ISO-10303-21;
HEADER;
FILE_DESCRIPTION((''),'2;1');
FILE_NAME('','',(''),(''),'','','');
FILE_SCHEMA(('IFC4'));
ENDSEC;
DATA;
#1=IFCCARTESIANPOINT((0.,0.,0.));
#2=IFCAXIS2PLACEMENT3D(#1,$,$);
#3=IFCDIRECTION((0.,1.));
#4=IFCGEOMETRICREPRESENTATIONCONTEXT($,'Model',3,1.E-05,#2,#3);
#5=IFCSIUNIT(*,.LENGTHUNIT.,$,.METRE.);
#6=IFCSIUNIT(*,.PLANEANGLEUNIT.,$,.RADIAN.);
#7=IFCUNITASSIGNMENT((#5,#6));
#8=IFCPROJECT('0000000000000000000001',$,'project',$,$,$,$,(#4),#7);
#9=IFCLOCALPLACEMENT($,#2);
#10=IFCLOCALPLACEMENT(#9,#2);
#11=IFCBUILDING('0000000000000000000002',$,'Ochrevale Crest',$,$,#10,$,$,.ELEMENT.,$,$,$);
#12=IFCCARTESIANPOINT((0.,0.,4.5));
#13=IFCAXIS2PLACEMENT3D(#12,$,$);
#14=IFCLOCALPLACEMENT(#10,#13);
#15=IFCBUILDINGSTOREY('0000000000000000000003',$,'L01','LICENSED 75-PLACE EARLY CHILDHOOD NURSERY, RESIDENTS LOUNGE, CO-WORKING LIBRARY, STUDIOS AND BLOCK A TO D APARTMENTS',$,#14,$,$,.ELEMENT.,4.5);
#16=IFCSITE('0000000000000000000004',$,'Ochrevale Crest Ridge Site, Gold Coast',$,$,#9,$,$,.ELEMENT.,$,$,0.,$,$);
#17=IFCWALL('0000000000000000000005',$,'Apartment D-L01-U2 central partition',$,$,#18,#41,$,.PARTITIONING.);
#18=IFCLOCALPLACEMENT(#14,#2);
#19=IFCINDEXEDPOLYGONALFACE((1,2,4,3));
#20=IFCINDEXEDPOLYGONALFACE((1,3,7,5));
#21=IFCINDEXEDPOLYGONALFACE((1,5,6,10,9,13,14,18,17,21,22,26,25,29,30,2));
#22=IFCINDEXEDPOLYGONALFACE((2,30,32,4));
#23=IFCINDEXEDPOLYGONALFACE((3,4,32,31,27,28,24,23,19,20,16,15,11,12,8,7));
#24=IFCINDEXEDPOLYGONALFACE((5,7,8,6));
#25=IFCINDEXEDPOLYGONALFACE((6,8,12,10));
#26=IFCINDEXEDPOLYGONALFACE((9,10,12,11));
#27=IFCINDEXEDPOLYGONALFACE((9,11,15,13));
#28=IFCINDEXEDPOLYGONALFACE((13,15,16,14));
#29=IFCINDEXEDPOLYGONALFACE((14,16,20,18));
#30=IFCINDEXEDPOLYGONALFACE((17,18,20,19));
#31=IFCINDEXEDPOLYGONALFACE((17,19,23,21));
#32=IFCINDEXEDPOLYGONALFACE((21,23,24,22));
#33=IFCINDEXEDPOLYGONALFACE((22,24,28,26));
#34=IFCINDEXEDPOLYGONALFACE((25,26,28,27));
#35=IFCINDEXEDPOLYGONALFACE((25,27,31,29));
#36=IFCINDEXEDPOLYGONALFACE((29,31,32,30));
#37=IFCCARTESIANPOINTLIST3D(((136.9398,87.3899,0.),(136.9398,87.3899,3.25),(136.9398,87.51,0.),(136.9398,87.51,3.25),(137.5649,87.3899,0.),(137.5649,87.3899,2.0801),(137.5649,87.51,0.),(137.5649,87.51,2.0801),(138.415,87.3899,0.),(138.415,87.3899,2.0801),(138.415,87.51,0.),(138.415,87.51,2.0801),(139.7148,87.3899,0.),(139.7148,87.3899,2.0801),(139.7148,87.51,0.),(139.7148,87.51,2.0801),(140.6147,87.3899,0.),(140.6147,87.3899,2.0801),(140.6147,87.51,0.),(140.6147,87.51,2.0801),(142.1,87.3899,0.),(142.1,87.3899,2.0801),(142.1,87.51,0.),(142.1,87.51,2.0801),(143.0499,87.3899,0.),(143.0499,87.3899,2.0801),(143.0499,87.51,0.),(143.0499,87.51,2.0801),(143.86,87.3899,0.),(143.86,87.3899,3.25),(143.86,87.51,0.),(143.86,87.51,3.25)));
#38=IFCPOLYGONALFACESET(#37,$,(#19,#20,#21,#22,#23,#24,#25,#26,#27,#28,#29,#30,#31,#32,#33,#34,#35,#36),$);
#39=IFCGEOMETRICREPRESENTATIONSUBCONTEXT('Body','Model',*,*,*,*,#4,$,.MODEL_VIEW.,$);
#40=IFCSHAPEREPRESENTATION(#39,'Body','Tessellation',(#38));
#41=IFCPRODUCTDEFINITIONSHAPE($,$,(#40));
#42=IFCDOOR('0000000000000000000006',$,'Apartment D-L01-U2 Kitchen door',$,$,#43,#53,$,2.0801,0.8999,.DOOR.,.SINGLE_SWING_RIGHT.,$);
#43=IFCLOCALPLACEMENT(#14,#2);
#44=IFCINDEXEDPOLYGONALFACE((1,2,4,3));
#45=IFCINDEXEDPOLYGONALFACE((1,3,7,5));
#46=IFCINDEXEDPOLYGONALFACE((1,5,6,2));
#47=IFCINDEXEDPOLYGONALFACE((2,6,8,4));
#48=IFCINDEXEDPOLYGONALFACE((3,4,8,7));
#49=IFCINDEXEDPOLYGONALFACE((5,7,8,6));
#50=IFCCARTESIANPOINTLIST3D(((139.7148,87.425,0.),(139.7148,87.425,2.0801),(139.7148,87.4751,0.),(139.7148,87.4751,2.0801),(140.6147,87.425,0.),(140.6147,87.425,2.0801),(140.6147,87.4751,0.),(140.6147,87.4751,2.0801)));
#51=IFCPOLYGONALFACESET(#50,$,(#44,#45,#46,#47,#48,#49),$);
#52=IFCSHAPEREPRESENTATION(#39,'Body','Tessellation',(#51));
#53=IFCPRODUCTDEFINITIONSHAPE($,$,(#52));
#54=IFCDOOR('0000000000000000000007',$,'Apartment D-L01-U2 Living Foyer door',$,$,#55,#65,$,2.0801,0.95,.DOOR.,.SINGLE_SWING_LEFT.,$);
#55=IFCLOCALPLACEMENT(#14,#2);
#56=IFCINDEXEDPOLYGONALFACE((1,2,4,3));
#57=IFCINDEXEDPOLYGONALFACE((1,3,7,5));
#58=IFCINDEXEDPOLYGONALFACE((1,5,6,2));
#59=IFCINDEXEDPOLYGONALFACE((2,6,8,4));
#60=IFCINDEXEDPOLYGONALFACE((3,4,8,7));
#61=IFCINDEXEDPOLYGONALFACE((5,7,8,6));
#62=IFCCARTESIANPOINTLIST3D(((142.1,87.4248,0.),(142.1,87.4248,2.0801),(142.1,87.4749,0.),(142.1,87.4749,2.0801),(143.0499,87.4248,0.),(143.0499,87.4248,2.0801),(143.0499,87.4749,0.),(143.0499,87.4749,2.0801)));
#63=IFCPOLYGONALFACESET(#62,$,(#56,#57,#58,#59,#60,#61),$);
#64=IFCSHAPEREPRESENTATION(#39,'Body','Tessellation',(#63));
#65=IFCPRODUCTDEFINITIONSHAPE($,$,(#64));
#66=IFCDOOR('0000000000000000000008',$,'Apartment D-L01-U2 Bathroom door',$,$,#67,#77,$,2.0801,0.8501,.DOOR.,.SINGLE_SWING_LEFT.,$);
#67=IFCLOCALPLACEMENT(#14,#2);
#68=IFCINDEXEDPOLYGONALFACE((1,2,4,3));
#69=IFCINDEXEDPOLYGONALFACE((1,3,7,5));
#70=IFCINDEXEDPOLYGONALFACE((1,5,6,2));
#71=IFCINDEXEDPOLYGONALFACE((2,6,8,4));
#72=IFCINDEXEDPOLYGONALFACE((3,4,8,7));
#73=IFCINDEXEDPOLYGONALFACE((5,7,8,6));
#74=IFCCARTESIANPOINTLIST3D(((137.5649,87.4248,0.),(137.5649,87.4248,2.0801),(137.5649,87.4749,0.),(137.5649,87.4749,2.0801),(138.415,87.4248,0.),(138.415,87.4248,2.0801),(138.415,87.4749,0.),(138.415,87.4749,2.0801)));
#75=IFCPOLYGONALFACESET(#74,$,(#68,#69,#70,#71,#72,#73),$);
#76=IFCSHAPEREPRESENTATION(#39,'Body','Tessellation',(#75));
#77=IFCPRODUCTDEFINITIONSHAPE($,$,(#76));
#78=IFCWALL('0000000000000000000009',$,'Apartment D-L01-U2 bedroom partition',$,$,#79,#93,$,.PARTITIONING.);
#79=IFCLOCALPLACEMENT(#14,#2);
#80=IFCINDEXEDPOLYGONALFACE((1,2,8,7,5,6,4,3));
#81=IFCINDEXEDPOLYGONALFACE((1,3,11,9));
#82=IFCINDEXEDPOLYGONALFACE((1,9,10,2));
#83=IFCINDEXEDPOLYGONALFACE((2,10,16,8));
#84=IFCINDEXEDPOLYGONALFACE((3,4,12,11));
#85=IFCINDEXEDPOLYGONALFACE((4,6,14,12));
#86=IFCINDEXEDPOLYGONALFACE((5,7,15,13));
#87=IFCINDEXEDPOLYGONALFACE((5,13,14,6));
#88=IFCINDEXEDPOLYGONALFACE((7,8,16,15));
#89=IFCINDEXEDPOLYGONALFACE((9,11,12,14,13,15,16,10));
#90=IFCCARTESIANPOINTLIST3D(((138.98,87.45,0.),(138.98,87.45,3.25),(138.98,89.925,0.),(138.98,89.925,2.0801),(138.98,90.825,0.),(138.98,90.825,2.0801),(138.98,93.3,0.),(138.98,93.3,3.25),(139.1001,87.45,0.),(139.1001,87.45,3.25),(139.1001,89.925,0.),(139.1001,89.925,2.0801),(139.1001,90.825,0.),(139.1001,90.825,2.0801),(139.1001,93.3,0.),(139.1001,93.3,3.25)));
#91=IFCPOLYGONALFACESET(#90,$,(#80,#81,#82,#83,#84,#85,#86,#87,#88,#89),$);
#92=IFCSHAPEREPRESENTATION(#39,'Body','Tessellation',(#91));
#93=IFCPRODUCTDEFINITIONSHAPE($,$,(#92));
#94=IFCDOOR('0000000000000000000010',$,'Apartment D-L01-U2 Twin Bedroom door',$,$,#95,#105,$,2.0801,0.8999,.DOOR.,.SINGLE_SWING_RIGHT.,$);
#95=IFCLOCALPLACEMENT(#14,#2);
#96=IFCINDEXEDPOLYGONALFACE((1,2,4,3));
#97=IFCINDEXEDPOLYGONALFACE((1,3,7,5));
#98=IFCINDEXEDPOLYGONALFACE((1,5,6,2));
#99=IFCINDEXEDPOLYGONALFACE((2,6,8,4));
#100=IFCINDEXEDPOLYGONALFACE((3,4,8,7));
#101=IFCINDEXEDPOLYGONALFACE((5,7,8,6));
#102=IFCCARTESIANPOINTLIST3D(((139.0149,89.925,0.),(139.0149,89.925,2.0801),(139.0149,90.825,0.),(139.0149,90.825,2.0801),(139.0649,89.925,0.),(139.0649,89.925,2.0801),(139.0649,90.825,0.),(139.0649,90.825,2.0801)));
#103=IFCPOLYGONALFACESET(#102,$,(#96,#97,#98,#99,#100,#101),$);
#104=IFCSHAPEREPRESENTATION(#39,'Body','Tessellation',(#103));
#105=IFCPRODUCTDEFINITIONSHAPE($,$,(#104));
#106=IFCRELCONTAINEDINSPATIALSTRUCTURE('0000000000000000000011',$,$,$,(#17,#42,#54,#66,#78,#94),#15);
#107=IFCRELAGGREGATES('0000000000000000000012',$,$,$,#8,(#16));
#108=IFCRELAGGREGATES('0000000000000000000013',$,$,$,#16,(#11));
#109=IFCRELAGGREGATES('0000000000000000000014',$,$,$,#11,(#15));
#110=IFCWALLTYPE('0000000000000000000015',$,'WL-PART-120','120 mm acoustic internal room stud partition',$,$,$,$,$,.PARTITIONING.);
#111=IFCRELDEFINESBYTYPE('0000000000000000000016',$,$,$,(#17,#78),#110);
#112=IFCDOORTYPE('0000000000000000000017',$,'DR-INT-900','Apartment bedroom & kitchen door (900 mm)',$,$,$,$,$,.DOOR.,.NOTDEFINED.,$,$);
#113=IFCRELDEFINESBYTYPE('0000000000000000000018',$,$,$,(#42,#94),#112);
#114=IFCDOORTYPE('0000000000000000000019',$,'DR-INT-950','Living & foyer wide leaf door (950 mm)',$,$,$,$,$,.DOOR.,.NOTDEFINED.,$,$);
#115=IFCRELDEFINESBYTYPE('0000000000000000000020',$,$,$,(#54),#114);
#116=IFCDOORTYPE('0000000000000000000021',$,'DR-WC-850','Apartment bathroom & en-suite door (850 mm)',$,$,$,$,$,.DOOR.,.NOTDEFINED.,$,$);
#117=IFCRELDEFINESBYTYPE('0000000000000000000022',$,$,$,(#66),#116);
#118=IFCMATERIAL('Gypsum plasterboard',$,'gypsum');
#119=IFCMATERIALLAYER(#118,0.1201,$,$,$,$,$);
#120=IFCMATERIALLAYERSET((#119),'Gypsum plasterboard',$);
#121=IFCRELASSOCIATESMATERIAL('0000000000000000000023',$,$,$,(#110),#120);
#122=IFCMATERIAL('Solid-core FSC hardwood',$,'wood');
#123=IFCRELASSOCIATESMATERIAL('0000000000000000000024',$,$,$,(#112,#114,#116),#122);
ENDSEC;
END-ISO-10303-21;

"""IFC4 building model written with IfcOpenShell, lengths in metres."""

from ifc_helpers import new_model, si_unit, direction, frame, frame_2d, origin, place, context, subcontext, project, spatial, rectangle, extrude, material, layer, layer_set, type_object, element, fill, save


model = new_model("IFC4")

# Units and contexts
model_context = context("Model", 3, precision=1e-05, world=origin(), true_north=direction((0.0, 1.0)))
body_context = subcontext(model_context, "Body", "Model", "MODEL_VIEW")
ifc_project = project(units=[si_unit("LENGTHUNIT", "METRE"), si_unit("PLANEANGLEUNIT", "RADIAN")], contexts=[model_context])

# Site, building, storey
site_placement = place(None, origin())
site = spatial("IfcSite", under=ifc_project, at=site_placement, Name="Ochrevale Crest Ridge Site, Gold Coast", CompositionType="ELEMENT", RefElevation=0.0)
building_placement = place(site_placement, origin())
building = spatial("IfcBuilding", under=site, at=building_placement, Name="Ochrevale Crest", CompositionType="ELEMENT")
storey_placement = place(building_placement, frame((0.0, 0.0, 4.5)))
storey = spatial("IfcBuildingStorey", under=building, at=storey_placement, Name="L01", Description="LICENSED 75-PLACE EARLY CHILDHOOD NURSERY, RESIDENTS LOUNGE, CO-WORKING LIBRARY, STUDIOS AND BLOCK A TO D APARTMENTS", CompositionType="ELEMENT", Elevation=4.5)

# Wall, openings, doors
ifc_material_1 = material(Name="Gypsum plasterboard", Category="gypsum")
ifc_layer_1 = layer(ifc_material_1, 0.1201)
ifc_layer_set_1 = layer_set([ifc_layer_1], Name="Gypsum plasterboard")
wall_type_1 = type_object("IfcWallType", Name="WL-PART-120", Description="120 mm acoustic internal room stud partition", PredefinedType="PARTITIONING", material=ifc_layer_set_1)
wall_1_placement = place(storey_placement, frame((136.9399, 87.45, 0.0), z_axis=(0.0, 0.0, 1.0), x_axis=(1.0, 0.0, 0.0)))
wall_1 = element("IfcWall", 1, at=wall_1_placement, inside=storey, type_object=wall_type_1, Name="Apartment D-L01-U2 central partition", PredefinedType="PARTITIONING", context=body_context, shape_type="SweptSolid", body=[
    extrude(rectangle(XDim=6.9202, YDim=0.1201, at=frame_2d((3.46, 0.0))), origin(), (0.0, 0.0, 1.0), 3.25),
])
opening_1_placement = place(wall_1_placement, frame((0.625, 0.0, 0.0)))
opening_1 = element("IfcOpeningElement", 2, at=opening_1_placement, cuts=wall_1, PredefinedType="OPENING", context=body_context, shape_type="SweptSolid", body=[
    extrude(rectangle(XDim=0.8501, YDim=2.0801, at=frame_2d((0.425, 1.04))), frame((0.0, 0.0701, 0.0), z_axis=(0.0, -1.0, 0.0), x_axis=(1.0, 0.0, 0.0)), (0.0, 0.0, 1.0), 0.1401),
])
opening_2_placement = place(wall_1_placement, frame((3.6748, 0.0, 0.0), z_axis=(0.0, 0.0, 1.0), x_axis=(-1.0, 0.0, 0.0)))
opening_2 = element("IfcOpeningElement", 3, at=opening_2_placement, cuts=wall_1, PredefinedType="OPENING", context=body_context, shape_type="SweptSolid", body=[
    extrude(rectangle(XDim=0.8999, YDim=2.0801, at=frame_2d((0.45, 1.04))), frame((0.0, 0.0701, 0.0), z_axis=(0.0, -1.0, 0.0), x_axis=(1.0, 0.0, 0.0)), (0.0, 0.0, 1.0), 0.1401),
])
opening_3_placement = place(wall_1_placement, frame((5.1599, 0.0, 0.0)))
opening_3 = element("IfcOpeningElement", 4, at=opening_3_placement, cuts=wall_1, PredefinedType="OPENING", context=body_context, shape_type="SweptSolid", body=[
    extrude(rectangle(XDim=0.95, YDim=2.0801, at=frame_2d((0.4751, 1.04))), frame((0.0, 0.0701, 0.0), z_axis=(0.0, -1.0, 0.0), x_axis=(1.0, 0.0, 0.0)), (0.0, 0.0, 1.0), 0.1401),
])
ifc_material_2 = material(Name="Solid-core FSC hardwood", Category="wood")
door_type_1 = type_object("IfcDoorType", Name="DR-INT-900", Description="Apartment bedroom & kitchen door (900 mm)", OperationType="NOTDEFINED", PredefinedType="DOOR", material=ifc_material_2)
door_1_placement = place(opening_2_placement, origin())
door_1 = element("IfcDoor", 5, at=door_1_placement, inside=storey, type_object=door_type_1, Name="Apartment D-L01-U2 Kitchen door", OperationType="SINGLE_SWING_RIGHT", OverallHeight=2.0801, OverallWidth=0.8999, PredefinedType="DOOR", context=body_context, shape_type="SweptSolid", body=[
    extrude(rectangle(XDim=0.8999, YDim=2.0801, at=frame_2d((0.45, 1.04))), frame((0.0, 0.0249, 0.0), z_axis=(0.0, -1.0, 0.0), x_axis=(1.0, 0.0, 0.0)), (0.0, 0.0, 1.0), 0.05),
])
fill(opening_2, door_1)
door_type_2 = type_object("IfcDoorType", Name="DR-INT-950", Description="Living & foyer wide leaf door (950 mm)", OperationType="NOTDEFINED", PredefinedType="DOOR", material=ifc_material_2)
door_2_placement = place(opening_3_placement, origin())
door_2 = element("IfcDoor", 6, at=door_2_placement, inside=storey, type_object=door_type_2, Name="Apartment D-L01-U2 Living Foyer door", OperationType="SINGLE_SWING_LEFT", OverallHeight=2.0801, OverallWidth=0.95, PredefinedType="DOOR", context=body_context, shape_type="SweptSolid", body=[
    extrude(rectangle(XDim=0.95, YDim=2.0801, at=frame_2d((0.4751, 1.04))), frame((0.0, 0.0249, 0.0), z_axis=(0.0, -1.0, 0.0), x_axis=(1.0, 0.0, 0.0)), (0.0, 0.0, 1.0), 0.05),
])
fill(opening_3, door_2)
door_type_3 = type_object("IfcDoorType", Name="DR-WC-850", Description="Apartment bathroom & en-suite door (850 mm)", OperationType="NOTDEFINED", PredefinedType="DOOR", material=ifc_material_2)
door_3_placement = place(opening_1_placement, origin())
door_3 = element("IfcDoor", 7, at=door_3_placement, inside=storey, type_object=door_type_3, Name="Apartment D-L01-U2 Bathroom door", OperationType="SINGLE_SWING_LEFT", OverallHeight=2.0801, OverallWidth=0.8501, PredefinedType="DOOR", context=body_context, shape_type="SweptSolid", body=[
    extrude(rectangle(XDim=0.8501, YDim=2.0801, at=frame_2d((0.425, 1.04))), frame((0.0, 0.0249, 0.0), z_axis=(0.0, -1.0, 0.0), x_axis=(1.0, 0.0, 0.0)), (0.0, 0.0, 1.0), 0.05),
])
fill(opening_1, door_3)

# Wall, opening, door
wall_2_placement = place(storey_placement, frame((139.04, 87.45, 0.0), z_axis=(0.0, 0.0, 1.0), x_axis=(0.0, 1.0, 0.0)))
wall_2 = element("IfcWall", 8, at=wall_2_placement, inside=storey, type_object=wall_type_1, Name="Apartment D-L01-U2 bedroom partition", PredefinedType="PARTITIONING", context=body_context, shape_type="SweptSolid", body=[
    extrude(rectangle(XDim=5.8501, YDim=0.1201, at=frame_2d((2.925, 0.0))), origin(), (0.0, 0.0, 1.0), 3.25),
])
opening_4_placement = place(wall_2_placement, frame((3.375, 0.0, 0.0), z_axis=(0.0, 0.0, 1.0), x_axis=(-1.0, 0.0, 0.0)))
opening_4 = element("IfcOpeningElement", 9, at=opening_4_placement, cuts=wall_2, PredefinedType="OPENING", context=body_context, shape_type="SweptSolid", body=[
    extrude(rectangle(XDim=0.8999, YDim=2.0801, at=frame_2d((0.45, 1.04))), frame((0.0, 0.0701, 0.0), z_axis=(0.0, -1.0, 0.0), x_axis=(1.0, 0.0, 0.0)), (0.0, 0.0, 1.0), 0.1401),
])
door_4_placement = place(opening_4_placement, origin())
door_4 = element("IfcDoor", 10, at=door_4_placement, inside=storey, type_object=door_type_1, Name="Apartment D-L01-U2 Twin Bedroom door", OperationType="SINGLE_SWING_RIGHT", OverallHeight=2.0801, OverallWidth=0.8999, PredefinedType="DOOR", context=body_context, shape_type="SweptSolid", body=[
    extrude(rectangle(XDim=0.8999, YDim=2.0801, at=frame_2d((0.45, 1.04))), frame((0.0, 0.0249, 0.0), z_axis=(0.0, -1.0, 0.0), x_axis=(1.0, 0.0, 0.0)), (0.0, 0.0, 1.0), 0.05),
])
fill(opening_4, door_4)

save(model, "model.ifc")
